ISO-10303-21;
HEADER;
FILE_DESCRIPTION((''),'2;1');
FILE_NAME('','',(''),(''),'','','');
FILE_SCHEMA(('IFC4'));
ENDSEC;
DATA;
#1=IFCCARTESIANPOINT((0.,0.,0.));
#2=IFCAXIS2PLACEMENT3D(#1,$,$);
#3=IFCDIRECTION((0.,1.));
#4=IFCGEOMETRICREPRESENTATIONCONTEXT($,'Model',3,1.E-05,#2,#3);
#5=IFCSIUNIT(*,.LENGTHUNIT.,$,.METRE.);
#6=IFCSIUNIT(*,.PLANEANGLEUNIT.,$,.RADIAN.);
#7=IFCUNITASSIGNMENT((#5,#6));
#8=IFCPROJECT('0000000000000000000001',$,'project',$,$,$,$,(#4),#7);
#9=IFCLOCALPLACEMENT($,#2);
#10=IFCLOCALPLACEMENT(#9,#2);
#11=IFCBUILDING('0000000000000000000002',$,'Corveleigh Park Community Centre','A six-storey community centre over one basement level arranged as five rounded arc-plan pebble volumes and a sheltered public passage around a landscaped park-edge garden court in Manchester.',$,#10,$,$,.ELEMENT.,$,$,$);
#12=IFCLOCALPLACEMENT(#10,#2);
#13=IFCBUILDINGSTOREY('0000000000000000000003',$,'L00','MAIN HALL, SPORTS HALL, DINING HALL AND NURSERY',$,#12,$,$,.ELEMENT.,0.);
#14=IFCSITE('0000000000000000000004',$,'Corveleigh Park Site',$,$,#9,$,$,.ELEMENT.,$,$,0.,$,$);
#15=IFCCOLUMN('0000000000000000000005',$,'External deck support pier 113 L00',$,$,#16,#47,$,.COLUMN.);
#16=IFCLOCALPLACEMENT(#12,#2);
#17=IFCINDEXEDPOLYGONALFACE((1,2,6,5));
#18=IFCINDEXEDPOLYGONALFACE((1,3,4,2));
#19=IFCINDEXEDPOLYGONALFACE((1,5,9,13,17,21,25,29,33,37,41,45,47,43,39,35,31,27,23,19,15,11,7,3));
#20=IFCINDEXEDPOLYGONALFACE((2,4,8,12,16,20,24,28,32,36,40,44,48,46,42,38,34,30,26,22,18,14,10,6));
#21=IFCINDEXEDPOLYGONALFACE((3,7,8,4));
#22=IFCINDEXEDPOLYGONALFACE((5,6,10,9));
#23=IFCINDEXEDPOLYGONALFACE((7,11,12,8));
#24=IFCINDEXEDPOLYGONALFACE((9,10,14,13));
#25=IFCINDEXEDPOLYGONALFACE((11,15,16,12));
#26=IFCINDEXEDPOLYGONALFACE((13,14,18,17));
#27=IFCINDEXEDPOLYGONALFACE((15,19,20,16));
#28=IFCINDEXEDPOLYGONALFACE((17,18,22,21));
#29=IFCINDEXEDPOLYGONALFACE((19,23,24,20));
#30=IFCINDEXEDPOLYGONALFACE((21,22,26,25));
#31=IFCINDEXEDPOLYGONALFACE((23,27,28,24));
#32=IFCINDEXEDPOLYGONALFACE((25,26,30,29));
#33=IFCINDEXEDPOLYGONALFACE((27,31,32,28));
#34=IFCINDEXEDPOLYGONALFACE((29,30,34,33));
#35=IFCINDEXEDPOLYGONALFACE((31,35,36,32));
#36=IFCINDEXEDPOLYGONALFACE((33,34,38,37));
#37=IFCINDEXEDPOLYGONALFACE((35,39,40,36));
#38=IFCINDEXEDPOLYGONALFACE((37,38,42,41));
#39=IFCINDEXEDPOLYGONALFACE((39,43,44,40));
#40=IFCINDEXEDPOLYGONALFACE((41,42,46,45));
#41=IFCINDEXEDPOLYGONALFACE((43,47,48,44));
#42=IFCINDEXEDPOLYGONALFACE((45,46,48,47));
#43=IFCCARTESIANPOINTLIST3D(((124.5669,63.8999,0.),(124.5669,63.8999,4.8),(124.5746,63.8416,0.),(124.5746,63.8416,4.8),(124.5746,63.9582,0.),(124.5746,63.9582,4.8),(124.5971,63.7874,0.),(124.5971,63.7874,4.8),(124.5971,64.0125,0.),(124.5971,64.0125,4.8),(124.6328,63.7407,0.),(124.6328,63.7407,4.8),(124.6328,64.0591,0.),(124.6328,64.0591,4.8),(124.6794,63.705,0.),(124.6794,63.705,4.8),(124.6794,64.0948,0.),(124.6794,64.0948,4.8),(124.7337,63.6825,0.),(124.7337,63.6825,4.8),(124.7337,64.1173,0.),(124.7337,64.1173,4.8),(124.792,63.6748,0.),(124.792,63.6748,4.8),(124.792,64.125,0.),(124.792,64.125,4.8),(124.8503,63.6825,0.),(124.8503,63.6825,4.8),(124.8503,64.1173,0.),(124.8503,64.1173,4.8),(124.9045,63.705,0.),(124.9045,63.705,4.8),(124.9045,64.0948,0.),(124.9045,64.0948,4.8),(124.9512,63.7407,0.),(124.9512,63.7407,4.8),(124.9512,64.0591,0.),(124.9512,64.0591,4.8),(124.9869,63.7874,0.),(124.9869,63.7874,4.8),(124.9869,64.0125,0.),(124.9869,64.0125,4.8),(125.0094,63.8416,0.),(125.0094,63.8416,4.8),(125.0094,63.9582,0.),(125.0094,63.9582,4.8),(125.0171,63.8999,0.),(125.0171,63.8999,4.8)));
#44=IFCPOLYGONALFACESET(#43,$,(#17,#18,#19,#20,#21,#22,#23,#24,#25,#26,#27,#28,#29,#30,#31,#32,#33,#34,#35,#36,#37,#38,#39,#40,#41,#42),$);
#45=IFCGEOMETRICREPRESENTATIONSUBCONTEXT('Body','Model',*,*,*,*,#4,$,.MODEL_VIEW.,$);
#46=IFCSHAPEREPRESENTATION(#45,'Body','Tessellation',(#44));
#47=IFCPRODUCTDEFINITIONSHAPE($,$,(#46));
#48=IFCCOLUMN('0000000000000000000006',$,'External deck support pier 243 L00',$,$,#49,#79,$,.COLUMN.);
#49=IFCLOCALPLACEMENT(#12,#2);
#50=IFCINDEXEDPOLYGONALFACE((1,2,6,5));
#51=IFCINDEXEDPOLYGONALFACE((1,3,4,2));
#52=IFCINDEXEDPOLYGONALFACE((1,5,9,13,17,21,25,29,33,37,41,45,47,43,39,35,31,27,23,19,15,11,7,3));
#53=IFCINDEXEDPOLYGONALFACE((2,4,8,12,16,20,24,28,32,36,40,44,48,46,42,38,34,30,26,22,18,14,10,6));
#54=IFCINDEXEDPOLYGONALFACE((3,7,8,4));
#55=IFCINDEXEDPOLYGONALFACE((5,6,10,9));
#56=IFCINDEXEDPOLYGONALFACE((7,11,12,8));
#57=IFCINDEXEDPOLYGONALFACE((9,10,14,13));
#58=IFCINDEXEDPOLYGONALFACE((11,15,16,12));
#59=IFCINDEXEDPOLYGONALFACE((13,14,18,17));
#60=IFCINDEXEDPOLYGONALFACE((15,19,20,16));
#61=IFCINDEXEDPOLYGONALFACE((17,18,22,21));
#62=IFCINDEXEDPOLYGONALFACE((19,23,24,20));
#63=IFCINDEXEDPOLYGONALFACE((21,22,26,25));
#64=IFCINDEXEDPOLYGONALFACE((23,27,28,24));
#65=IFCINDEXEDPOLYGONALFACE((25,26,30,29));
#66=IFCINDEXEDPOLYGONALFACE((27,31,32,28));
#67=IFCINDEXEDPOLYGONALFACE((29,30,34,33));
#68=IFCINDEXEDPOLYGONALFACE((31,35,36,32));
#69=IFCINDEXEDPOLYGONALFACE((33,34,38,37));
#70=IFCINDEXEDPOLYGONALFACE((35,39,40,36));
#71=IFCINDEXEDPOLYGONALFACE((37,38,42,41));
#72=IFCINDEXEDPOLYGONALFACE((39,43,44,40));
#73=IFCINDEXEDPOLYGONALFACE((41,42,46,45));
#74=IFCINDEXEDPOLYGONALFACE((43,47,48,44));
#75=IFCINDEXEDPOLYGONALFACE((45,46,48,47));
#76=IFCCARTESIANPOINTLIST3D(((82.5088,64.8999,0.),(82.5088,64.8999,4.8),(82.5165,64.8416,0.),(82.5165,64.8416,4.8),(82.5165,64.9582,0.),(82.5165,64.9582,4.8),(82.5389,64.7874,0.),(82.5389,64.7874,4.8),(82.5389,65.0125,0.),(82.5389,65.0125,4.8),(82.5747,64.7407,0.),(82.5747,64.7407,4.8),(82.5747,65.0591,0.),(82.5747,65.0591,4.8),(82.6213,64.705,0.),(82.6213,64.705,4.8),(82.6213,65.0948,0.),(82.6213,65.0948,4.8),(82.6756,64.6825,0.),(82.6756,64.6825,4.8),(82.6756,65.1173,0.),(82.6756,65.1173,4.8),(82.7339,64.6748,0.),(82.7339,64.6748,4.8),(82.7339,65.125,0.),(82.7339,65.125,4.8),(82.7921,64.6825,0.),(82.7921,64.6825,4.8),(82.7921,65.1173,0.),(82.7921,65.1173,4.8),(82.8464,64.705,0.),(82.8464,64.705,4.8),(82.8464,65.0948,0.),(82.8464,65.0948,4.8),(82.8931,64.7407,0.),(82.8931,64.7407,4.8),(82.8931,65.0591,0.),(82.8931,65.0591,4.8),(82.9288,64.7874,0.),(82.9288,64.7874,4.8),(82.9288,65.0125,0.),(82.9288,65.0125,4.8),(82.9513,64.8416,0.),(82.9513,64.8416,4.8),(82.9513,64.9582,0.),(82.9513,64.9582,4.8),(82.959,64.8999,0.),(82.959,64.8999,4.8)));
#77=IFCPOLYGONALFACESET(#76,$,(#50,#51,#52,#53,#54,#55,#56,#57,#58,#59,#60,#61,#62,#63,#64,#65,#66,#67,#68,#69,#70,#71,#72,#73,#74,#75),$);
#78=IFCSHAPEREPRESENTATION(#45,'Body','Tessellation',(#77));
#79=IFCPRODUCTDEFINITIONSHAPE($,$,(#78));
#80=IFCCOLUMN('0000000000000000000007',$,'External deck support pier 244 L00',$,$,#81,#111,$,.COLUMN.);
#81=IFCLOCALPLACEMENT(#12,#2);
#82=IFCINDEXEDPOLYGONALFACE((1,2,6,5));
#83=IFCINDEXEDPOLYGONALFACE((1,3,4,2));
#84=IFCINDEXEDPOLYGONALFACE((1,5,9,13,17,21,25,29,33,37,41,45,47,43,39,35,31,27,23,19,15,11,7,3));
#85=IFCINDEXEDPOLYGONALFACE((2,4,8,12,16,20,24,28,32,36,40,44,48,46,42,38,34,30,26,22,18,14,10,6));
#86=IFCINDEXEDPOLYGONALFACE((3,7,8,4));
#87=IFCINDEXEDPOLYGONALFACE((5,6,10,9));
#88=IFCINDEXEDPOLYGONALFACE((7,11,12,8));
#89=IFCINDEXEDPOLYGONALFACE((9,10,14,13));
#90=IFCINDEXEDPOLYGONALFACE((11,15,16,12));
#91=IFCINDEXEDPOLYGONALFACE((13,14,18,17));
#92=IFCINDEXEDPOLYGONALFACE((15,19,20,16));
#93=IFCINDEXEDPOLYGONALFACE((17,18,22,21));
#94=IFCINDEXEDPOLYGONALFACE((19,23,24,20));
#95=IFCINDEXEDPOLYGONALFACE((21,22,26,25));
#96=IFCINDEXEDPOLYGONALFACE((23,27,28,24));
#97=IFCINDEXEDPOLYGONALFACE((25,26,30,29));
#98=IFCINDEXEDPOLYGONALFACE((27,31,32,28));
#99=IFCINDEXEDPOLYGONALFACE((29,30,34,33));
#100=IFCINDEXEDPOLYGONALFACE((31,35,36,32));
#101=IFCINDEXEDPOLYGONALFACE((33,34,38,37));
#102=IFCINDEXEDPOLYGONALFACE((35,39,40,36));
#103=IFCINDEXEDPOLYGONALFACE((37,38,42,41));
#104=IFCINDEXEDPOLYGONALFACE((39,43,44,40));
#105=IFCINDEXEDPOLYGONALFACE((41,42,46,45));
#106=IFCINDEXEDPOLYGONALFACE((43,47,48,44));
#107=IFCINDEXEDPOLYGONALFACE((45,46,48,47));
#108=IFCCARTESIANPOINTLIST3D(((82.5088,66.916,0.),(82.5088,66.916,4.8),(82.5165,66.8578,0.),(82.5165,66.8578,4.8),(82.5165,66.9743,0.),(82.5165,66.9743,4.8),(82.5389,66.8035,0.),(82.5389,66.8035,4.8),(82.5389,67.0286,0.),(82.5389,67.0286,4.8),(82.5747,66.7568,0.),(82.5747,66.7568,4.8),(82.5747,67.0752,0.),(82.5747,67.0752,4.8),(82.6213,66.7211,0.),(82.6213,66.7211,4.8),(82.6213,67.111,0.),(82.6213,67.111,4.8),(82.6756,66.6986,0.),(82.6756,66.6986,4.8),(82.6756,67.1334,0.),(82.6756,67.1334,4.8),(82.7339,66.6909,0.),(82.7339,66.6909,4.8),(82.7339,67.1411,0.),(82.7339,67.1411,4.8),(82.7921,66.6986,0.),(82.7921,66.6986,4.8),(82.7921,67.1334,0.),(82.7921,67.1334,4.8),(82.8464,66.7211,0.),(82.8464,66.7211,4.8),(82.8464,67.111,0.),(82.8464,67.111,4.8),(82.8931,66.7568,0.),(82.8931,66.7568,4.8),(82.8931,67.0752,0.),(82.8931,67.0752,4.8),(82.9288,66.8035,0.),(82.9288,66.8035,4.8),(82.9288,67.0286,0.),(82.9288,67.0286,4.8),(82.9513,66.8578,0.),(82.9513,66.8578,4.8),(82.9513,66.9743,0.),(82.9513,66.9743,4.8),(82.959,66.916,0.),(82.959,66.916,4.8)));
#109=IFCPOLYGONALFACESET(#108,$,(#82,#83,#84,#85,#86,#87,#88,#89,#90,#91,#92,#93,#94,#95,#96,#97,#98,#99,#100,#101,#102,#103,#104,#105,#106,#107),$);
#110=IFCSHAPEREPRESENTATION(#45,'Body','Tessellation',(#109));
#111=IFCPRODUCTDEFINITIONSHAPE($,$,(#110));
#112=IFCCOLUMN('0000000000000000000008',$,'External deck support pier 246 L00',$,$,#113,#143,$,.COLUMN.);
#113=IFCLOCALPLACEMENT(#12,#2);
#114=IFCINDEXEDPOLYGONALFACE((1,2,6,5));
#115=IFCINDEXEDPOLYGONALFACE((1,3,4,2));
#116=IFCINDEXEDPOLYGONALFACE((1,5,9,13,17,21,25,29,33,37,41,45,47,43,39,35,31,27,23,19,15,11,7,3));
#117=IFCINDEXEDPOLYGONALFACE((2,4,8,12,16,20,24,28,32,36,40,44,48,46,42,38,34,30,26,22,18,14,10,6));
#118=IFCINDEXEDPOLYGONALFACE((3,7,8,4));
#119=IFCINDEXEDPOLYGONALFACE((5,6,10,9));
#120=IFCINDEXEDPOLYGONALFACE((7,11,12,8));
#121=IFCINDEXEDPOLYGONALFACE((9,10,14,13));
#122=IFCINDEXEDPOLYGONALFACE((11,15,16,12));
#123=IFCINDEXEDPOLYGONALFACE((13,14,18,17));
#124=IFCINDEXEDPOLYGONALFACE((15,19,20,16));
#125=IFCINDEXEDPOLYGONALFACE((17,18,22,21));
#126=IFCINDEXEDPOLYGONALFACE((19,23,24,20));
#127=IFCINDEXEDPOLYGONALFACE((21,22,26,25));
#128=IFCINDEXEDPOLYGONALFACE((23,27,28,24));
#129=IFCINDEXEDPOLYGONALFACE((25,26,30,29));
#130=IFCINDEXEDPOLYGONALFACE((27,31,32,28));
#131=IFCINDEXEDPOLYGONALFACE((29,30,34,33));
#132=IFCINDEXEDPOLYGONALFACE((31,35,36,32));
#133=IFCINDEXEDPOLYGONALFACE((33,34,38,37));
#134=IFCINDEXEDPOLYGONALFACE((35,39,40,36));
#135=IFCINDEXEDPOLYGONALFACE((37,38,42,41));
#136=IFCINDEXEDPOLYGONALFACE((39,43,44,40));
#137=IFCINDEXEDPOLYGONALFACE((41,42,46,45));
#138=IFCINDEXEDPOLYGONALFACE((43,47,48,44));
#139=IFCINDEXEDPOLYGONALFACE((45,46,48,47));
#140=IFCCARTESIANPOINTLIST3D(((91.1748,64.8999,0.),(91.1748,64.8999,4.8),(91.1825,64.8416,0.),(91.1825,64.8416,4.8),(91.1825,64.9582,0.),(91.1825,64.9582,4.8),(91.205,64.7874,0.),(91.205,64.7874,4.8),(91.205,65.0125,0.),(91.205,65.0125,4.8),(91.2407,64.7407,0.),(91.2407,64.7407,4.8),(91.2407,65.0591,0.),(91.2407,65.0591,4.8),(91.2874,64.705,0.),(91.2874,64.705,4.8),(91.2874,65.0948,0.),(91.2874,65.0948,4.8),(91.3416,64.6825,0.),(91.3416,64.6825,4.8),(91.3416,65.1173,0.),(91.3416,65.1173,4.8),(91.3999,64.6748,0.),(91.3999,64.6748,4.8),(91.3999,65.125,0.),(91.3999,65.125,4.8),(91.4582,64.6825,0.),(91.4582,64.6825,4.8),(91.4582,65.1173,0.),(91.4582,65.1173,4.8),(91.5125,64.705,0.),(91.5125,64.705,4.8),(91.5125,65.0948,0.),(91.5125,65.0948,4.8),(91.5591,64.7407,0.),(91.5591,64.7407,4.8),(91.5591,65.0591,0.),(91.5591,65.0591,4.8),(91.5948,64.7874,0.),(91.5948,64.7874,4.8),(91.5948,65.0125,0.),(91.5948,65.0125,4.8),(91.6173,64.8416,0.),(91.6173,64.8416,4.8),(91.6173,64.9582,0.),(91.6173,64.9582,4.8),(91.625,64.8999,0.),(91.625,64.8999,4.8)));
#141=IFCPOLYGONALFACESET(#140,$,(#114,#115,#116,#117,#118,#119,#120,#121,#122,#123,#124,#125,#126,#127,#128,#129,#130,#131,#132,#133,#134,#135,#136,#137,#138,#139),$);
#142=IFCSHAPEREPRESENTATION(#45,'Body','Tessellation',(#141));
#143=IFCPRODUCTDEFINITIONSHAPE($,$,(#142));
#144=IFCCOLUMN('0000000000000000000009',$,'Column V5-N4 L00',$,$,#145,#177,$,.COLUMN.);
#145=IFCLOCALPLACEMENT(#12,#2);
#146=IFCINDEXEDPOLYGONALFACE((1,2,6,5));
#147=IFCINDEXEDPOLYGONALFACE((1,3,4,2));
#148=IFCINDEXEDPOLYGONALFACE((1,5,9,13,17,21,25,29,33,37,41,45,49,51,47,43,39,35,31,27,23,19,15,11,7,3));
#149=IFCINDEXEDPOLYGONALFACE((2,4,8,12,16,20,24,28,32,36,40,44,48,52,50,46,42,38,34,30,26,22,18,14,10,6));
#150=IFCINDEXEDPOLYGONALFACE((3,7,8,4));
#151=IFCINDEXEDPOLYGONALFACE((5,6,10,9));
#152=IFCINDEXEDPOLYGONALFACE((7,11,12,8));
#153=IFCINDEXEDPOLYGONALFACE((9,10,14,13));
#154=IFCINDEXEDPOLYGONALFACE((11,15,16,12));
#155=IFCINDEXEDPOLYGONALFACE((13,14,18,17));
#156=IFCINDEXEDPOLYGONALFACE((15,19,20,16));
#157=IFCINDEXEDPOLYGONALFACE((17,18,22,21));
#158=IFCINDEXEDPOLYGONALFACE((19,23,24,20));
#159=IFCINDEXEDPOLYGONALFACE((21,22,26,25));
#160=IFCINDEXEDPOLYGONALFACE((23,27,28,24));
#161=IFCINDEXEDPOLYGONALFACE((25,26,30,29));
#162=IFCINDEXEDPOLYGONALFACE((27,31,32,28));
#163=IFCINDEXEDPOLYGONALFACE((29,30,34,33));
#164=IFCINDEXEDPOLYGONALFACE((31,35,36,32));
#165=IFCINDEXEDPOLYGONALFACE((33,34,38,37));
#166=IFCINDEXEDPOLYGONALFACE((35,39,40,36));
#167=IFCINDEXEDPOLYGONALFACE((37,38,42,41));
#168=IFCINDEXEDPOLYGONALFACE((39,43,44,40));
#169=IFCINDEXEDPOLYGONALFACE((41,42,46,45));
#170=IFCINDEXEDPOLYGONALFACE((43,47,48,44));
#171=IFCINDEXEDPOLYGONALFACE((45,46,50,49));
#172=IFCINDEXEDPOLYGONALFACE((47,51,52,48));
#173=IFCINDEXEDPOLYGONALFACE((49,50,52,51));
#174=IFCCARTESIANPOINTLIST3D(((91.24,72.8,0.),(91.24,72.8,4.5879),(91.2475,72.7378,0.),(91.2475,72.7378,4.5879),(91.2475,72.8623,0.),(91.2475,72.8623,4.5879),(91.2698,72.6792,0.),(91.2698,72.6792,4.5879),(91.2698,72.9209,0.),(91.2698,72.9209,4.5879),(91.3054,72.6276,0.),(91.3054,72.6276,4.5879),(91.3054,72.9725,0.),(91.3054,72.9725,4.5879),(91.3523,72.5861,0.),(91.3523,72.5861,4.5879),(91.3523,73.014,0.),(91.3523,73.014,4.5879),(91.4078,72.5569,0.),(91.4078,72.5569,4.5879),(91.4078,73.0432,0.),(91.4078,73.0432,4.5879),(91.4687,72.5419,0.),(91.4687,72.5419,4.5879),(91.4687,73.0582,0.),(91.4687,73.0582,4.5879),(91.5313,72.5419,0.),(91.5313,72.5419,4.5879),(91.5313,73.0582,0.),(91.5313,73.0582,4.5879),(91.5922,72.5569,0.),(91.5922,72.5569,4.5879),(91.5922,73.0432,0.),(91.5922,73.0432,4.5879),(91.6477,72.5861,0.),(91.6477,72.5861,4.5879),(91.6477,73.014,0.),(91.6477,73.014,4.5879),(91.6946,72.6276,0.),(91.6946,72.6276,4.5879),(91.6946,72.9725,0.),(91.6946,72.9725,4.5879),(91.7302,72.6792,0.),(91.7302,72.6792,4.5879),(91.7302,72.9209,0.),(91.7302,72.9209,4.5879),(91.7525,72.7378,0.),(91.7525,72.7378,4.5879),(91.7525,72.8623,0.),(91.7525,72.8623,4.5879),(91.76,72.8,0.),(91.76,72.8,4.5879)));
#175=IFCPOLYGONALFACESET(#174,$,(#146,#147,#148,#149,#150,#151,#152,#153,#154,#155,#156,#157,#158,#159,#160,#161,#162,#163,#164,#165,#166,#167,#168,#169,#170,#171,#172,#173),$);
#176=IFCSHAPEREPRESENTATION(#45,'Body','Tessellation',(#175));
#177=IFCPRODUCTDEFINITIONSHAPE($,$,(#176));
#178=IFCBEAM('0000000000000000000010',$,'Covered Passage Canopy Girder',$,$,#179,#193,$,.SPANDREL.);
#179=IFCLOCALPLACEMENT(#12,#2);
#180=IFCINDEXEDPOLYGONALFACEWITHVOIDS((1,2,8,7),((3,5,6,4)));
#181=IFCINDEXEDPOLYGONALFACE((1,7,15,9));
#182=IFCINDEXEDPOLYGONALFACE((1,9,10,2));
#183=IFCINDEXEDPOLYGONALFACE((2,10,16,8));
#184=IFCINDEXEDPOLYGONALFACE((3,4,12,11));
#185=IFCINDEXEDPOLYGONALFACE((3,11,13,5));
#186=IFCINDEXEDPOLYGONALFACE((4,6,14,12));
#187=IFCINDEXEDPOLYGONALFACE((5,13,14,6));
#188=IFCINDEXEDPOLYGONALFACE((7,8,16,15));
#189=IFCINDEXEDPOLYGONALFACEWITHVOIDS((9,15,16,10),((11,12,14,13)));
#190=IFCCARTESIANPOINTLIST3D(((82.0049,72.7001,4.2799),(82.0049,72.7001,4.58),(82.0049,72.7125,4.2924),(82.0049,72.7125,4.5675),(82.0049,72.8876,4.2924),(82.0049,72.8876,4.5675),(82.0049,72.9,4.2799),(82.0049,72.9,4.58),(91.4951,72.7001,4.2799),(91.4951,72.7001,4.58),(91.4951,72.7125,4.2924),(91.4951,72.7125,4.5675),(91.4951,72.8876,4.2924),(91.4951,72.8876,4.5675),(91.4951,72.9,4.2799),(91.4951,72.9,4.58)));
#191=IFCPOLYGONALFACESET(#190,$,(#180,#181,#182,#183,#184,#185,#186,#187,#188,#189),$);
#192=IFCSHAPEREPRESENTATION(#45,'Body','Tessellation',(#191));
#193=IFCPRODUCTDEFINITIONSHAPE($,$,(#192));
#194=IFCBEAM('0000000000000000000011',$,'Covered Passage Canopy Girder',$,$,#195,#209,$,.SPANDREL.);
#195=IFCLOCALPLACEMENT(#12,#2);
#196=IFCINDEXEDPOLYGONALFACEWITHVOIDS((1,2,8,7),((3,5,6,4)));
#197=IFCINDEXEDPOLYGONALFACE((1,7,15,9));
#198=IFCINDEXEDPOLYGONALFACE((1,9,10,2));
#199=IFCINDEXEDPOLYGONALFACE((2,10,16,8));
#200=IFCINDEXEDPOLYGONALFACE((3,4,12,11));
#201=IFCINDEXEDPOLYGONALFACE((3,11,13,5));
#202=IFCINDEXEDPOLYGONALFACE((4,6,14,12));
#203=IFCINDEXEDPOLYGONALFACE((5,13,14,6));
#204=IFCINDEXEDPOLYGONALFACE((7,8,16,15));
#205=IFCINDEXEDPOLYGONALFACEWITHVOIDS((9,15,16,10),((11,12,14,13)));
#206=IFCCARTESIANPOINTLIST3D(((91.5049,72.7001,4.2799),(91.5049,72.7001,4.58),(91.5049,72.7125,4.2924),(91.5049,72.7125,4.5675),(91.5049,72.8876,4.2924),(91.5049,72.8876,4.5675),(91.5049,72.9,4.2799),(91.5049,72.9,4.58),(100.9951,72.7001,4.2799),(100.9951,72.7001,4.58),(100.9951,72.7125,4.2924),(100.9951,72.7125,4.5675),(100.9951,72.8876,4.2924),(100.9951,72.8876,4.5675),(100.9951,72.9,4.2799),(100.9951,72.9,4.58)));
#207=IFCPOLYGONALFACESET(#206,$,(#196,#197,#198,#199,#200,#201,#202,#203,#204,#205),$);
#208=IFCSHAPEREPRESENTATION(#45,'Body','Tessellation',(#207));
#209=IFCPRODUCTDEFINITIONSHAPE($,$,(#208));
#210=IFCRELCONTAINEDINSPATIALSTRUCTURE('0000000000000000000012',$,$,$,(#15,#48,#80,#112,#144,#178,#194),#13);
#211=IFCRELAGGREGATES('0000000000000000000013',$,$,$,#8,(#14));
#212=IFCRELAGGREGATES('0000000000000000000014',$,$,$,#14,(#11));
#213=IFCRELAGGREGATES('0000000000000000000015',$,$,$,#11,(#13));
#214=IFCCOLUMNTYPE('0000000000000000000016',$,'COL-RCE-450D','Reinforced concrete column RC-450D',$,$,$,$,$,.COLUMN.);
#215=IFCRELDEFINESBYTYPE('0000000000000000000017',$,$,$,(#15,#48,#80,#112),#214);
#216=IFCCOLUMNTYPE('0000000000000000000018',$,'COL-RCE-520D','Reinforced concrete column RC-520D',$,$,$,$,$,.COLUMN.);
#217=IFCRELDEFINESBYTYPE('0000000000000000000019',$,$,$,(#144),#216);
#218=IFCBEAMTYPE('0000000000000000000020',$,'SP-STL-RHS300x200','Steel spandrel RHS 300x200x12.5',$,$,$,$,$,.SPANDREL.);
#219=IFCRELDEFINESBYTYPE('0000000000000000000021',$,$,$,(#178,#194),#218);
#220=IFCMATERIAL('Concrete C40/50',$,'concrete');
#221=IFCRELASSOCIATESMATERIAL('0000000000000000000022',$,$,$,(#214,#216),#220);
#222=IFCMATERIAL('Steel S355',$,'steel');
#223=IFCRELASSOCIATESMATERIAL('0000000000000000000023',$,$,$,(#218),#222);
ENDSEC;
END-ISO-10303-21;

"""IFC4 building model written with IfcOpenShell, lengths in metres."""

from ifc_helpers import new_model, si_unit, direction, frame, origin, origin_2d, place, context, subcontext, project, spatial, hollow_rectangle, circle, extrude, material, material_profile, profile_set, type_object, element, save


model = new_model("IFC4")

# Units and contexts
model_context = context("Model", 3, precision=1e-05, world=origin(), true_north=direction((0.0, 1.0)))
body_context = subcontext(model_context, "Body", "Model", "MODEL_VIEW")
ifc_project = project(units=[si_unit("LENGTHUNIT", "METRE"), si_unit("PLANEANGLEUNIT", "RADIAN")], contexts=[model_context])

# Site, building, storey
site_placement = place(None, origin())
site = spatial("IfcSite", under=ifc_project, at=site_placement, Name="Corveleigh Park Site", CompositionType="ELEMENT", RefElevation=0.0)
building_placement = place(site_placement, origin())
building = spatial("IfcBuilding", under=site, at=building_placement, Name="Corveleigh Park Community Centre", Description="A six-storey community centre over one basement level arranged as five rounded arc-plan pebble volumes and a sheltered public passage around a landscaped park-edge garden court in Manchester.", CompositionType="ELEMENT")
storey_placement = place(building_placement, origin())
storey = spatial("IfcBuildingStorey", under=building, at=storey_placement, Name="L00", Description="MAIN HALL, SPORTS HALL, DINING HALL AND NURSERY", CompositionType="ELEMENT", Elevation=0.0)

# Columns
ifc_material_1 = material(Name="Concrete C40/50", Category="concrete")
ifc_material_profile_1 = material_profile(ifc_material_1, circle(Radius=0.2251, at=origin_2d()), Name="RC-450D", Category="concrete")
ifc_profile_set_1 = profile_set([ifc_material_profile_1], Name="Concrete C40/50")
column_type_1 = type_object("IfcColumnType", Name="COL-RCE-450D", Description="Reinforced concrete column RC-450D", PredefinedType="COLUMN", material=ifc_profile_set_1)
for number, where, z_axis, x_axis, name in (
    (1, (124.792, 63.8999, 0.0), (0.0, 0.0, 1.0), (1.0, 0.0, 0.0), "External deck support pier 113 L00"),
    (2, (82.7339, 64.8999, 0.0), (0.0, 0.0, 1.0), (1.0, 0.0, 0.0), "External deck support pier 243 L00"),
    (3, (82.7339, 66.916, 0.0), (0.0, 0.0, 1.0), (1.0, 0.0, 0.0), "External deck support pier 244 L00"),
    (4, (91.3999, 64.8999, 0.0), (0.0, 0.0, 1.0), (1.0, 0.0, 0.0), "External deck support pier 246 L00"),
):
    element("IfcColumn", number, at=place(storey_placement, frame(where, z_axis=z_axis, x_axis=x_axis)), inside=storey, type_object=column_type_1, Name=name, PredefinedType="COLUMN", context=body_context, shape_type="SweptSolid", body=[
        extrude(circle(Radius=0.2251, at=origin_2d()), origin(), (0.0, 0.0, 1.0), 4.8),
    ])
ifc_material_profile_2 = material_profile(ifc_material_1, circle(Radius=0.26, at=origin_2d()), Name="RC-520D", Category="concrete")
ifc_profile_set_2 = profile_set([ifc_material_profile_2], Name="Concrete C40/50")
column_type_2 = type_object("IfcColumnType", Name="COL-RCE-520D", Description="Reinforced concrete column RC-520D", PredefinedType="COLUMN", material=ifc_profile_set_2)
column_1_placement = place(storey_placement, frame((91.5, 72.8, 0.0), z_axis=(0.0, 0.0, 1.0), x_axis=(1.0, 0.0, 0.0)))
element("IfcColumn", 5, at=column_1_placement, inside=storey, type_object=column_type_2, Name="Column V5-N4 L00", PredefinedType="COLUMN", context=body_context, shape_type="SweptSolid", body=[
    extrude(circle(Radius=0.26, at=origin_2d()), origin(), (0.0, 0.0, 1.0), 4.5879),
])

# Beams
ifc_material_2 = material(Name="Steel S355", Category="steel")
ifc_material_profile_3 = material_profile(ifc_material_2, hollow_rectangle(XDim=0.2, YDim=0.3, WallThickness=0.0125, at=origin_2d()), Name="RHS 300x200x12.5", Category="steel")
ifc_profile_set_3 = profile_set([ifc_material_profile_3], Name="Steel S355")
beam_type = type_object("IfcBeamType", Name="SP-STL-RHS300x200", Description="Steel spandrel RHS 300x200x12.5", PredefinedType="SPANDREL", material=ifc_profile_set_3)
for number, where, z_axis, x_axis, name in (
    (6, (82.0049, 72.8, 4.4299), (1.0, 0.0, 0.0), (0.0, 1.0, 0.0), "Covered Passage Canopy Girder"),
    (7, (91.5049, 72.8, 4.4299), (1.0, 0.0, 0.0), (0.0, 1.0, 0.0), "Covered Passage Canopy Girder"),
):
    element("IfcBeam", number, at=place(storey_placement, frame(where, z_axis=z_axis, x_axis=x_axis)), inside=storey, type_object=beam_type, Name=name, PredefinedType="SPANDREL", context=body_context, shape_type="SweptSolid", body=[
        extrude(hollow_rectangle(XDim=0.2, YDim=0.3, WallThickness=0.0125, at=origin_2d()), origin(), (0.0, 0.0, 1.0), 9.4902),
    ])

save(model, "model.ifc")
